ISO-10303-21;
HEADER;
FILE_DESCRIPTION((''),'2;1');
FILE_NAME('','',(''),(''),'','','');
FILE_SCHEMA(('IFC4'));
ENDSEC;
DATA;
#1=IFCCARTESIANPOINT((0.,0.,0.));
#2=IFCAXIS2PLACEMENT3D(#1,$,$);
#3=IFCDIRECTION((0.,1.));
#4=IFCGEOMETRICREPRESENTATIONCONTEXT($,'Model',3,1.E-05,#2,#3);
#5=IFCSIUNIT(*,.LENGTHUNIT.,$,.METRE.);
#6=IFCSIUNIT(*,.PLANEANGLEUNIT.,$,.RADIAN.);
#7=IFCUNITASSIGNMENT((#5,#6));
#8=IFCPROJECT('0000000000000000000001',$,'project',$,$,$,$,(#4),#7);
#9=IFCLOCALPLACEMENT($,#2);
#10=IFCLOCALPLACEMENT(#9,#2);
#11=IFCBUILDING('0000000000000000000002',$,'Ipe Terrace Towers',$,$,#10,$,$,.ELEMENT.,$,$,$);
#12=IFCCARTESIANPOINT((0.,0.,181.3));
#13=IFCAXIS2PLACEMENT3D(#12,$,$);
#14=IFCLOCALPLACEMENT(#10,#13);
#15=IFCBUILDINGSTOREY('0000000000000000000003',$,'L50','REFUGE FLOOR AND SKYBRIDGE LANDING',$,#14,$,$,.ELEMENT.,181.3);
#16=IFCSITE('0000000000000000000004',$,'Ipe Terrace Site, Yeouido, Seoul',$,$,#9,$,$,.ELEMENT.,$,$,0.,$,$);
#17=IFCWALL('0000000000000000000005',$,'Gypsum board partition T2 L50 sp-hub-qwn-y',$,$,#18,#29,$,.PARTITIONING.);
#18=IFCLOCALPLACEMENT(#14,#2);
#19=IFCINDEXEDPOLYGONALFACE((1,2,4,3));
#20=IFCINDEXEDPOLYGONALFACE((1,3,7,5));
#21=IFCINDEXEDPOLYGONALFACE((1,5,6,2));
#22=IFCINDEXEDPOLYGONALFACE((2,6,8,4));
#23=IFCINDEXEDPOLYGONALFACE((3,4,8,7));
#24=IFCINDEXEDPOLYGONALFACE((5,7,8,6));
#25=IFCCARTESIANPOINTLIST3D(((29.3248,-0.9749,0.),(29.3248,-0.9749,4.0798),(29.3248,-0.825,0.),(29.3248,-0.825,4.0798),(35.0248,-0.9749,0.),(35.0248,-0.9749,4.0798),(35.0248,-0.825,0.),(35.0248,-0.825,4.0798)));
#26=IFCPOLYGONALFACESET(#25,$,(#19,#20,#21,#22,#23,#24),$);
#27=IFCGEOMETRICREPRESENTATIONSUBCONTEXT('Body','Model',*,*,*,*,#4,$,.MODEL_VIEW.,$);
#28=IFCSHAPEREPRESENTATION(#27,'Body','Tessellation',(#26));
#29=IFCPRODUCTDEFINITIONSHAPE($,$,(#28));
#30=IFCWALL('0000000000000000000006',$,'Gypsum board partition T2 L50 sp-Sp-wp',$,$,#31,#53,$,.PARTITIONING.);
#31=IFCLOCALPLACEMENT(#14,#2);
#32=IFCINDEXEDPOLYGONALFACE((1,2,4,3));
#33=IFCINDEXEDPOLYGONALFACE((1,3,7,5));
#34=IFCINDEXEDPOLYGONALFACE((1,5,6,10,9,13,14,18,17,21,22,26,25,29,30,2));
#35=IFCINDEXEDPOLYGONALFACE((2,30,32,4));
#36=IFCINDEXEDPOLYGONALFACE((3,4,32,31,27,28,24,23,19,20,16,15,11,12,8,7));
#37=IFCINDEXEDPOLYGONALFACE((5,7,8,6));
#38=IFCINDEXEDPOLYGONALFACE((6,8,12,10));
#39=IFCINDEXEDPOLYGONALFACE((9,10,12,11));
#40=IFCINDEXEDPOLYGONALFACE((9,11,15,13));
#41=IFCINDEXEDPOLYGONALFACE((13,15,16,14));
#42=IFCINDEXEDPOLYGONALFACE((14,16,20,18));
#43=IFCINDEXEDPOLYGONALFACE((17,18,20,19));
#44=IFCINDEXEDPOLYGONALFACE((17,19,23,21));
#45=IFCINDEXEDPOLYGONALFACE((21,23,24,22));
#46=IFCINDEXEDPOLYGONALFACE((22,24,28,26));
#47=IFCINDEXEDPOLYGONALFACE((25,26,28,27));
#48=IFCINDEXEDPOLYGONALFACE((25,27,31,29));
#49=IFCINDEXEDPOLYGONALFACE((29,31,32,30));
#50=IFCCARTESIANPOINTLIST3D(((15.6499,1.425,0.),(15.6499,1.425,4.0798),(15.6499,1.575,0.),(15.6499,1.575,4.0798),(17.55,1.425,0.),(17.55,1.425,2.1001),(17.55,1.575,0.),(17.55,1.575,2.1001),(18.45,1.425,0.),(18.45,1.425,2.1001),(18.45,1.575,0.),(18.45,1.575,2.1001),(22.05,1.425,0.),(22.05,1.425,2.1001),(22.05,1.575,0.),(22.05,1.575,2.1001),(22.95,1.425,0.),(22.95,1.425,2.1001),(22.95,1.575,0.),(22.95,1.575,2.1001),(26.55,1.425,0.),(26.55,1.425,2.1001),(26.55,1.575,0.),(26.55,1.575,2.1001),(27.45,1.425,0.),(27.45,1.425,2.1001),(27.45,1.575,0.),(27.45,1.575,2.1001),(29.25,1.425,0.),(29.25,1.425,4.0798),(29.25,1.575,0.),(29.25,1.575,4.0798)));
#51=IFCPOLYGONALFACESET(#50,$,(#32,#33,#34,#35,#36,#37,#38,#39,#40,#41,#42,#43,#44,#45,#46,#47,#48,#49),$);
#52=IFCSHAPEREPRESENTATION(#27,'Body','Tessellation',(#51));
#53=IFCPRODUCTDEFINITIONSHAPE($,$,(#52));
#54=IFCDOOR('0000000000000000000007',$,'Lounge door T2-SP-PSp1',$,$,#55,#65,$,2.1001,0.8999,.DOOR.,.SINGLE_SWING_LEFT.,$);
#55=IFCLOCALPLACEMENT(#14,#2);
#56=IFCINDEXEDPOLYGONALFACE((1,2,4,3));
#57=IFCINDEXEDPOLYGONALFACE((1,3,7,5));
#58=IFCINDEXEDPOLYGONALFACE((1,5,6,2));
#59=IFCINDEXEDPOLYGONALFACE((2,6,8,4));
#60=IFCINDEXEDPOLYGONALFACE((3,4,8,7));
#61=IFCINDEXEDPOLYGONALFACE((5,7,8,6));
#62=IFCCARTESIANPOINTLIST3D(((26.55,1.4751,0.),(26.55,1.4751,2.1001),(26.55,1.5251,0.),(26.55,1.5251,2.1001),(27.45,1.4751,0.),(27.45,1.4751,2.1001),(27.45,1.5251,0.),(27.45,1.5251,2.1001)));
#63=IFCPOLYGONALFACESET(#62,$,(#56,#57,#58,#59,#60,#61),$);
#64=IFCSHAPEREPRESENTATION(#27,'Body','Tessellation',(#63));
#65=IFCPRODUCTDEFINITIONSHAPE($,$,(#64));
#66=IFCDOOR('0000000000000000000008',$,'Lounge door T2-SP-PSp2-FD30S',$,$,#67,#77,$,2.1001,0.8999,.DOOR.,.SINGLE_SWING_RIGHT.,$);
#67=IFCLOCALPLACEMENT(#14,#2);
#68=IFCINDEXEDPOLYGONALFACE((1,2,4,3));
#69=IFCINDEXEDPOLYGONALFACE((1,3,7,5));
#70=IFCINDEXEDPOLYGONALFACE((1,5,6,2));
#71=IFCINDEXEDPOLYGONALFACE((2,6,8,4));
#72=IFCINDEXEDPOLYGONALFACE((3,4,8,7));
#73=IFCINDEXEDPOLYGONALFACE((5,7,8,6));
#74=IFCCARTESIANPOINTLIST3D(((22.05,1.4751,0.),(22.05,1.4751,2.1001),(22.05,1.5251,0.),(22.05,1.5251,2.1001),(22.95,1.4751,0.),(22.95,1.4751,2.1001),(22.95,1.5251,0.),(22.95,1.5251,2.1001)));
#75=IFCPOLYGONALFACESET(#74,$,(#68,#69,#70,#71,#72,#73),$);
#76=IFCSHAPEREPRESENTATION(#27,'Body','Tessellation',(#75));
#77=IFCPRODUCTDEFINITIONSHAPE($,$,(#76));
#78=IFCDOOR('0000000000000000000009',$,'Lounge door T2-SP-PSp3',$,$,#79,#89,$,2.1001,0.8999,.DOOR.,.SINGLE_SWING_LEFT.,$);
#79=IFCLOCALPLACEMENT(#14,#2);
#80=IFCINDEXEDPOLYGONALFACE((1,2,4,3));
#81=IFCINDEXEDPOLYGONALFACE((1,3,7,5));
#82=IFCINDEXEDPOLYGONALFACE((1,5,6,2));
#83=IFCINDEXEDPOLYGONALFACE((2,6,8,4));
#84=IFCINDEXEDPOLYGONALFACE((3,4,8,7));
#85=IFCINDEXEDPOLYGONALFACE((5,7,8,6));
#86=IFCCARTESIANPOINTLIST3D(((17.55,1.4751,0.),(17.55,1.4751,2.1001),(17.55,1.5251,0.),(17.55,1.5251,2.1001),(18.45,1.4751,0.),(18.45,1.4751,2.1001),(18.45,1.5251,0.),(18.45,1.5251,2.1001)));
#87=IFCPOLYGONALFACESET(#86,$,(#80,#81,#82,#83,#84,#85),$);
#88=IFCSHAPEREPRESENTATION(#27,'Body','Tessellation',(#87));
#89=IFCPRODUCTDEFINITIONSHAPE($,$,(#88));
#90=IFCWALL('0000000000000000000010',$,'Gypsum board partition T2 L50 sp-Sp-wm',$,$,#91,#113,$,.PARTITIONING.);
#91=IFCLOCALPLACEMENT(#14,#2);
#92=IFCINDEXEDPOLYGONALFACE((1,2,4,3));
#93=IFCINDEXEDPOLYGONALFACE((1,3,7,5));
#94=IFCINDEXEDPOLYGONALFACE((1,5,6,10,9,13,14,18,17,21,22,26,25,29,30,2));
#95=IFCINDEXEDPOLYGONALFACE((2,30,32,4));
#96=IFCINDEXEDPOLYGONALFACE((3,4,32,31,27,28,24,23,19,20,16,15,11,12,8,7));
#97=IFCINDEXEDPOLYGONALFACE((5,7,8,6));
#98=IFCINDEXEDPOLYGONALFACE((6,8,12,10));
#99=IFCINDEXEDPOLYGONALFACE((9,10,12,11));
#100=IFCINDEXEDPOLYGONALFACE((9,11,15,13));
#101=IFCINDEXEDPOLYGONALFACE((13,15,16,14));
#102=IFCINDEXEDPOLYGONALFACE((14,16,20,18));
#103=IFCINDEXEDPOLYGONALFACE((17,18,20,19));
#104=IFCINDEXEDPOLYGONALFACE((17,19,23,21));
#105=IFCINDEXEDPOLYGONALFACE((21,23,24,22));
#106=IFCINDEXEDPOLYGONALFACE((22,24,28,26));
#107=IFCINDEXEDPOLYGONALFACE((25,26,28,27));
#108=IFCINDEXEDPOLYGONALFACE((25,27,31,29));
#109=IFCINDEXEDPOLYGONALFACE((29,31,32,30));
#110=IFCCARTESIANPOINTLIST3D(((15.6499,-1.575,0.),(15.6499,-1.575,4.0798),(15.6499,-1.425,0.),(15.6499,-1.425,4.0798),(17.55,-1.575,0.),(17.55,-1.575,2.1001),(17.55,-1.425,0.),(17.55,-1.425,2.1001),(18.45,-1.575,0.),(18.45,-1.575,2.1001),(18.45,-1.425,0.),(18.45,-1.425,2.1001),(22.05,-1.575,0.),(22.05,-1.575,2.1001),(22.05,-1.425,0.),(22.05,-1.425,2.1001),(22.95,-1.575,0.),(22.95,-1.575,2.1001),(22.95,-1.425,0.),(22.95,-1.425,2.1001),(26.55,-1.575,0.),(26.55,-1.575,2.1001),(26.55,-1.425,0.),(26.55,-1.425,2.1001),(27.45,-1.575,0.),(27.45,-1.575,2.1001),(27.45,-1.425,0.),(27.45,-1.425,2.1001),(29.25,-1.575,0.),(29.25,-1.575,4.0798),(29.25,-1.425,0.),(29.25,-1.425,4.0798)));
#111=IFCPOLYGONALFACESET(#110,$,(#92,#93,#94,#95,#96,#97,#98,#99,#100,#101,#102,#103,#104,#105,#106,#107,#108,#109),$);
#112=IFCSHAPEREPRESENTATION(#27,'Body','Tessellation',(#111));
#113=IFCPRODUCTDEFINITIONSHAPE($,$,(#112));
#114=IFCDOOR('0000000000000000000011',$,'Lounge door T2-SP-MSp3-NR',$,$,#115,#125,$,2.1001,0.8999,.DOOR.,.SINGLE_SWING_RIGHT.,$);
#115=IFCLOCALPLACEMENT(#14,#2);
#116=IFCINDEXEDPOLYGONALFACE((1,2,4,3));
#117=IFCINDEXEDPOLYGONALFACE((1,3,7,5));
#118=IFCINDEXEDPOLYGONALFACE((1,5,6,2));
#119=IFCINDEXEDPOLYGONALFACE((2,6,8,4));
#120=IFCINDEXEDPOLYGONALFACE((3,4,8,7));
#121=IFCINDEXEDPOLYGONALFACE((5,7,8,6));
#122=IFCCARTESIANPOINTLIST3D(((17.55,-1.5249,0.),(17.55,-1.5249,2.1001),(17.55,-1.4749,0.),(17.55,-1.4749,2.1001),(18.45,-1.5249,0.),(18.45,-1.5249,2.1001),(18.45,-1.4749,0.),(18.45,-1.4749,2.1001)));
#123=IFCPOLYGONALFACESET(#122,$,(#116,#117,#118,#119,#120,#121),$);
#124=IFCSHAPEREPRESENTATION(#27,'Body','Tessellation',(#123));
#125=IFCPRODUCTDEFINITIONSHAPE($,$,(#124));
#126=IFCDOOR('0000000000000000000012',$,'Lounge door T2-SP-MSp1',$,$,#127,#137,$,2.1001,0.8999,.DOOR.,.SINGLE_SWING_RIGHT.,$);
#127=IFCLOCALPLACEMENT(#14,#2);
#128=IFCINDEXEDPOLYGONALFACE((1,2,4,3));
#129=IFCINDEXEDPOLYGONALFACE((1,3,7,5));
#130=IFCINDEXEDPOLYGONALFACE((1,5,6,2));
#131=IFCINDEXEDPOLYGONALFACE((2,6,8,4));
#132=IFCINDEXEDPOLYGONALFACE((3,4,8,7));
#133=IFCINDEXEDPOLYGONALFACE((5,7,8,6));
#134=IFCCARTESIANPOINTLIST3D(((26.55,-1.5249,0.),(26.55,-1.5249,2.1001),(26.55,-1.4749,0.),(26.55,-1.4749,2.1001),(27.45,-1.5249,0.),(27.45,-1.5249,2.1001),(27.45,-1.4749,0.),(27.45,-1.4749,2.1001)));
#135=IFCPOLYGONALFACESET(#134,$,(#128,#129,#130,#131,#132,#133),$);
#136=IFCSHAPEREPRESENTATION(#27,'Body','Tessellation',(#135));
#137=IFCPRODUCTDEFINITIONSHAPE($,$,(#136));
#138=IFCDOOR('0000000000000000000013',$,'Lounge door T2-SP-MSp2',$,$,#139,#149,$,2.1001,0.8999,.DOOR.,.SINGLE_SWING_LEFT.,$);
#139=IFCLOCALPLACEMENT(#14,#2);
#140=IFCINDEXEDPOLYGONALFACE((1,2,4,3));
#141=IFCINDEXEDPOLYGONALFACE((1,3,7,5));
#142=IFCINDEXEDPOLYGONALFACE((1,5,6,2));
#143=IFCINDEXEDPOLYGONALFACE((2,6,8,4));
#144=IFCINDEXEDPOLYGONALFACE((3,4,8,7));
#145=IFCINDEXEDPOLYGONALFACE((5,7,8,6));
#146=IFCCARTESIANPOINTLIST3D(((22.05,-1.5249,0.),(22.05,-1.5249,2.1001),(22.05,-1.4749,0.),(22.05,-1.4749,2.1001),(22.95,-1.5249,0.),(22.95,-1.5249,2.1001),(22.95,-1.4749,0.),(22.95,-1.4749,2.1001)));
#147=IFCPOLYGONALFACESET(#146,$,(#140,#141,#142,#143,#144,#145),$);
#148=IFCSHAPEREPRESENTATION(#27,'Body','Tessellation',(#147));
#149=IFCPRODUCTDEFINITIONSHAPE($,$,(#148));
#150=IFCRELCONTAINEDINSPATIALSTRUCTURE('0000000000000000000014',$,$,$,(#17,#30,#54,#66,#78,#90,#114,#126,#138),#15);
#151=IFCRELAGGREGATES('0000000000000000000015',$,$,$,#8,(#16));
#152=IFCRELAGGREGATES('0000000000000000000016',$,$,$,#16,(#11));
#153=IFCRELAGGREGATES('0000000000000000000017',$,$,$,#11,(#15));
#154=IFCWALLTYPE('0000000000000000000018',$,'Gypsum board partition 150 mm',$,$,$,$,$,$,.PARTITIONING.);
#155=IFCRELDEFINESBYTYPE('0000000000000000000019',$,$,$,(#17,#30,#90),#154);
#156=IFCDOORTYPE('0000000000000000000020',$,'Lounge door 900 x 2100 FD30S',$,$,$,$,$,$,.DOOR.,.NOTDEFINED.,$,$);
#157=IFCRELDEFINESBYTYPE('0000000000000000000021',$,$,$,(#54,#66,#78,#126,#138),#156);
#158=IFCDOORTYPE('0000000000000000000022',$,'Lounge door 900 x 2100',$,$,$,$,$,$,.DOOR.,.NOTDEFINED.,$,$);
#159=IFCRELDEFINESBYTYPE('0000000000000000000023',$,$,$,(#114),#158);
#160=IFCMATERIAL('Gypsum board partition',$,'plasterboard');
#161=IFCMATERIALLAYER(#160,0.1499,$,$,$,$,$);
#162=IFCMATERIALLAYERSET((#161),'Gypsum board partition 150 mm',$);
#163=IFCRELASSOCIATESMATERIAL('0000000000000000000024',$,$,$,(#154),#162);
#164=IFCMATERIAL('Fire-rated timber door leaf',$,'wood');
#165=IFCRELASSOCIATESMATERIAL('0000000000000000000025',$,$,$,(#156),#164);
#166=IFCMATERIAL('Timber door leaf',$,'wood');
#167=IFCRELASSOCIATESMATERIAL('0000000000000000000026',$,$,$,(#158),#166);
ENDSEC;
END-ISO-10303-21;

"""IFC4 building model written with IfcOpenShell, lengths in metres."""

from ifc_helpers import new_model, si_unit, direction, frame, frame_2d, origin, place, context, subcontext, project, spatial, rectangle, extrude, material, layer, layer_set, type_object, element, fill, save


model = new_model("IFC4")

# Units and contexts
model_context = context("Model", 3, precision=1e-05, world=origin(), true_north=direction((0.0, 1.0)))
body_context = subcontext(model_context, "Body", "Model", "MODEL_VIEW")
ifc_project = project(units=[si_unit("LENGTHUNIT", "METRE"), si_unit("PLANEANGLEUNIT", "RADIAN")], contexts=[model_context])

# Site, building, storey
site_placement = place(None, origin())
site = spatial("IfcSite", under=ifc_project, at=site_placement, Name="Ipe Terrace Site, Yeouido, Seoul", CompositionType="ELEMENT", RefElevation=0.0)
building_placement = place(site_placement, origin())
building = spatial("IfcBuilding", under=site, at=building_placement, Name="Ipe Terrace Towers", CompositionType="ELEMENT")
storey_placement = place(building_placement, frame((0.0, 0.0, 181.3)))
storey = spatial("IfcBuildingStorey", under=building, at=storey_placement, Name="L50", Description="REFUGE FLOOR AND SKYBRIDGE LANDING", CompositionType="ELEMENT", Elevation=181.3)

# Shared definitions
ifc_material_1 = material(Name="Gypsum board partition", Category="plasterboard")
ifc_layer = layer(ifc_material_1, 0.1499)
ifc_layer_set = layer_set([ifc_layer], Name="Gypsum board partition 150 mm")
wall_type = type_object("IfcWallType", Name="Gypsum board partition 150 mm", PredefinedType="PARTITIONING", material=ifc_layer_set)
ifc_material_2 = material(Name="Fire-rated timber door leaf", Category="wood")
door_type_1 = type_object("IfcDoorType", Name="Lounge door 900 x 2100 FD30S", OperationType="NOTDEFINED", PredefinedType="DOOR", material=ifc_material_2)

# Wall
wall_1_placement = place(storey_placement, frame((35.0249, -0.8999, 0.0), z_axis=(0.0, 0.0, 1.0), x_axis=(-1.0, 0.0, 0.0)))
element("IfcWall", 1, at=wall_1_placement, inside=storey, type_object=wall_type, Name="Gypsum board partition T2 L50 sp-hub-qwn-y", PredefinedType="PARTITIONING", context=body_context, shape_type="SweptSolid", body=[
    extrude(rectangle(XDim=5.7, YDim=0.1499, at=frame_2d((2.8501, 0.0))), origin(), (0.0, 0.0, 1.0), 4.0798),
])

# Walls, openings, doors
wall_2_placement = place(storey_placement, frame((29.25, 1.5, 0.0), z_axis=(0.0, 0.0, 1.0), x_axis=(-1.0, 0.0, 0.0)))
wall_2 = element("IfcWall", 2, at=wall_2_placement, inside=storey, type_object=wall_type, Name="Gypsum board partition T2 L50 sp-Sp-wp", PredefinedType="PARTITIONING", context=body_context, shape_type="SweptSolid", body=[
    extrude(rectangle(XDim=13.6001, YDim=0.1499, at=frame_2d((6.8, 0.0))), origin(), (0.0, 0.0, 1.0), 4.0798),
])
opening_1_placement = place(wall_2_placement, frame((1.8, 0.0, 0.0)))
opening_1 = element("IfcOpeningElement", 3, at=opening_1_placement, cuts=wall_2, PredefinedType="OPENING", context=body_context, shape_type="SweptSolid", body=[
    extrude(rectangle(XDim=0.8999, YDim=2.1001, at=frame_2d((0.45, 1.05))), frame((0.0, 0.085, 0.0), z_axis=(0.0, -1.0, 0.0), x_axis=(1.0, 0.0, 0.0)), (0.0, 0.0, 1.0), 0.1699),
])
opening_2_placement = place(wall_2_placement, frame((6.3, 0.0, 0.0)))
opening_2 = element("IfcOpeningElement", 4, at=opening_2_placement, cuts=wall_2, PredefinedType="OPENING", context=body_context, shape_type="SweptSolid", body=[
    extrude(rectangle(XDim=0.8999, YDim=2.1001, at=frame_2d((0.45, 1.05))), frame((0.0, 0.085, 0.0), z_axis=(0.0, -1.0, 0.0), x_axis=(1.0, 0.0, 0.0)), (0.0, 0.0, 1.0), 0.1699),
])
opening_3_placement = place(wall_2_placement, frame((10.8, 0.0, 0.0)))
opening_3 = element("IfcOpeningElement", 5, at=opening_3_placement, cuts=wall_2, PredefinedType="OPENING", context=body_context, shape_type="SweptSolid", body=[
    extrude(rectangle(XDim=0.8999, YDim=2.1001, at=frame_2d((0.45, 1.05))), frame((0.0, 0.085, 0.0), z_axis=(0.0, -1.0, 0.0), x_axis=(1.0, 0.0, 0.0)), (0.0, 0.0, 1.0), 0.1699),
])
door_1_placement = place(opening_1_placement, origin())
door_1 = element("IfcDoor", 6, at=door_1_placement, inside=storey, type_object=door_type_1, Name="Lounge door T2-SP-PSp1", OperationType="SINGLE_SWING_LEFT", OverallHeight=2.1001, OverallWidth=0.8999, PredefinedType="DOOR", context=body_context, shape_type="SweptSolid", body=[
    extrude(rectangle(XDim=0.8999, YDim=2.1001, at=frame_2d((0.45, 1.05))), frame((0.0, 0.0249, 0.0), z_axis=(0.0, -1.0, 0.0), x_axis=(1.0, 0.0, 0.0)), (0.0, 0.0, 1.0), 0.05),
])
fill(opening_1, door_1)
door_2_placement = place(opening_2_placement, origin())
door_2 = element("IfcDoor", 7, at=door_2_placement, inside=storey, type_object=door_type_1, Name="Lounge door T2-SP-PSp2-FD30S", OperationType="SINGLE_SWING_RIGHT", OverallHeight=2.1001, OverallWidth=0.8999, PredefinedType="DOOR", context=body_context, shape_type="SweptSolid", body=[
    extrude(rectangle(XDim=0.8999, YDim=2.1001, at=frame_2d((0.45, 1.05))), frame((0.0, 0.0249, 0.0), z_axis=(0.0, -1.0, 0.0), x_axis=(1.0, 0.0, 0.0)), (0.0, 0.0, 1.0), 0.05),
])
fill(opening_2, door_2)
door_3_placement = place(opening_3_placement, origin())
door_3 = element("IfcDoor", 8, at=door_3_placement, inside=storey, type_object=door_type_1, Name="Lounge door T2-SP-PSp3", OperationType="SINGLE_SWING_LEFT", OverallHeight=2.1001, OverallWidth=0.8999, PredefinedType="DOOR", context=body_context, shape_type="SweptSolid", body=[
    extrude(rectangle(XDim=0.8999, YDim=2.1001, at=frame_2d((0.45, 1.05))), frame((0.0, 0.0249, 0.0), z_axis=(0.0, -1.0, 0.0), x_axis=(1.0, 0.0, 0.0)), (0.0, 0.0, 1.0), 0.05),
])
fill(opening_3, door_3)
wall_3_placement = place(storey_placement, frame((29.25, -1.5, 0.0), z_axis=(0.0, 0.0, 1.0), x_axis=(-1.0, 0.0, 0.0)))
wall_3 = element("IfcWall", 9, at=wall_3_placement, inside=storey, type_object=wall_type, Name="Gypsum board partition T2 L50 sp-Sp-wm", PredefinedType="PARTITIONING", context=body_context, shape_type="SweptSolid", body=[
    extrude(rectangle(XDim=13.6001, YDim=0.1499, at=frame_2d((6.8, 0.0))), origin(), (0.0, 0.0, 1.0), 4.0798),
])
opening_4_placement = place(wall_3_placement, frame((1.8, 0.0, 0.0)))
opening_4 = element("IfcOpeningElement", 10, at=opening_4_placement, cuts=wall_3, PredefinedType="OPENING", context=body_context, shape_type="SweptSolid", body=[
    extrude(rectangle(XDim=0.8999, YDim=2.1001, at=frame_2d((0.45, 1.05))), frame((0.0, 0.085, 0.0), z_axis=(0.0, -1.0, 0.0), x_axis=(1.0, 0.0, 0.0)), (0.0, 0.0, 1.0), 0.1699),
])
opening_5_placement = place(wall_3_placement, frame((6.3, 0.0, 0.0)))
opening_5 = element("IfcOpeningElement", 11, at=opening_5_placement, cuts=wall_3, PredefinedType="OPENING", context=body_context, shape_type="SweptSolid", body=[
    extrude(rectangle(XDim=0.8999, YDim=2.1001, at=frame_2d((0.45, 1.05))), frame((0.0, 0.085, 0.0), z_axis=(0.0, -1.0, 0.0), x_axis=(1.0, 0.0, 0.0)), (0.0, 0.0, 1.0), 0.1699),
])
opening_6_placement = place(wall_3_placement, frame((10.8, 0.0, 0.0)))
opening_6 = element("IfcOpeningElement", 12, at=opening_6_placement, cuts=wall_3, PredefinedType="OPENING", context=body_context, shape_type="SweptSolid", body=[
    extrude(rectangle(XDim=0.8999, YDim=2.1001, at=frame_2d((0.45, 1.05))), frame((0.0, 0.085, 0.0), z_axis=(0.0, -1.0, 0.0), x_axis=(1.0, 0.0, 0.0)), (0.0, 0.0, 1.0), 0.1699),
])
ifc_material_3 = material(Name="Timber door leaf", Category="wood")
door_type_2 = type_object("IfcDoorType", Name="Lounge door 900 x 2100", OperationType="NOTDEFINED", PredefinedType="DOOR", material=ifc_material_3)
door_4_placement = place(opening_6_placement, origin())
door_4 = element("IfcDoor", 13, at=door_4_placement, inside=storey, type_object=door_type_2, Name="Lounge door T2-SP-MSp3-NR", OperationType="SINGLE_SWING_RIGHT", OverallHeight=2.1001, OverallWidth=0.8999, PredefinedType="DOOR", context=body_context, shape_type="SweptSolid", body=[
    extrude(rectangle(XDim=0.8999, YDim=2.1001, at=frame_2d((0.45, 1.05))), frame((0.0, 0.0249, 0.0), z_axis=(0.0, -1.0, 0.0), x_axis=(1.0, 0.0, 0.0)), (0.0, 0.0, 1.0), 0.05),
])
fill(opening_6, door_4)
door_5_placement = place(opening_4_placement, origin())
door_5 = element("IfcDoor", 14, at=door_5_placement, inside=storey, type_object=door_type_1, Name="Lounge door T2-SP-MSp1", OperationType="SINGLE_SWING_RIGHT", OverallHeight=2.1001, OverallWidth=0.8999, PredefinedType="DOOR", context=body_context, shape_type="SweptSolid", body=[
    extrude(rectangle(XDim=0.8999, YDim=2.1001, at=frame_2d((0.45, 1.05))), frame((0.0, 0.0249, 0.0), z_axis=(0.0, -1.0, 0.0), x_axis=(1.0, 0.0, 0.0)), (0.0, 0.0, 1.0), 0.05),
])
fill(opening_4, door_5)
door_6_placement = place(opening_5_placement, origin())
door_6 = element("IfcDoor", 15, at=door_6_placement, inside=storey, type_object=door_type_1, Name="Lounge door T2-SP-MSp2", OperationType="SINGLE_SWING_LEFT", OverallHeight=2.1001, OverallWidth=0.8999, PredefinedType="DOOR", context=body_context, shape_type="SweptSolid", body=[
    extrude(rectangle(XDim=0.8999, YDim=2.1001, at=frame_2d((0.45, 1.05))), frame((0.0, 0.0249, 0.0), z_axis=(0.0, -1.0, 0.0), x_axis=(1.0, 0.0, 0.0)), (0.0, 0.0, 1.0), 0.05),
])
fill(opening_5, door_6)

save(model, "model.ifc")
